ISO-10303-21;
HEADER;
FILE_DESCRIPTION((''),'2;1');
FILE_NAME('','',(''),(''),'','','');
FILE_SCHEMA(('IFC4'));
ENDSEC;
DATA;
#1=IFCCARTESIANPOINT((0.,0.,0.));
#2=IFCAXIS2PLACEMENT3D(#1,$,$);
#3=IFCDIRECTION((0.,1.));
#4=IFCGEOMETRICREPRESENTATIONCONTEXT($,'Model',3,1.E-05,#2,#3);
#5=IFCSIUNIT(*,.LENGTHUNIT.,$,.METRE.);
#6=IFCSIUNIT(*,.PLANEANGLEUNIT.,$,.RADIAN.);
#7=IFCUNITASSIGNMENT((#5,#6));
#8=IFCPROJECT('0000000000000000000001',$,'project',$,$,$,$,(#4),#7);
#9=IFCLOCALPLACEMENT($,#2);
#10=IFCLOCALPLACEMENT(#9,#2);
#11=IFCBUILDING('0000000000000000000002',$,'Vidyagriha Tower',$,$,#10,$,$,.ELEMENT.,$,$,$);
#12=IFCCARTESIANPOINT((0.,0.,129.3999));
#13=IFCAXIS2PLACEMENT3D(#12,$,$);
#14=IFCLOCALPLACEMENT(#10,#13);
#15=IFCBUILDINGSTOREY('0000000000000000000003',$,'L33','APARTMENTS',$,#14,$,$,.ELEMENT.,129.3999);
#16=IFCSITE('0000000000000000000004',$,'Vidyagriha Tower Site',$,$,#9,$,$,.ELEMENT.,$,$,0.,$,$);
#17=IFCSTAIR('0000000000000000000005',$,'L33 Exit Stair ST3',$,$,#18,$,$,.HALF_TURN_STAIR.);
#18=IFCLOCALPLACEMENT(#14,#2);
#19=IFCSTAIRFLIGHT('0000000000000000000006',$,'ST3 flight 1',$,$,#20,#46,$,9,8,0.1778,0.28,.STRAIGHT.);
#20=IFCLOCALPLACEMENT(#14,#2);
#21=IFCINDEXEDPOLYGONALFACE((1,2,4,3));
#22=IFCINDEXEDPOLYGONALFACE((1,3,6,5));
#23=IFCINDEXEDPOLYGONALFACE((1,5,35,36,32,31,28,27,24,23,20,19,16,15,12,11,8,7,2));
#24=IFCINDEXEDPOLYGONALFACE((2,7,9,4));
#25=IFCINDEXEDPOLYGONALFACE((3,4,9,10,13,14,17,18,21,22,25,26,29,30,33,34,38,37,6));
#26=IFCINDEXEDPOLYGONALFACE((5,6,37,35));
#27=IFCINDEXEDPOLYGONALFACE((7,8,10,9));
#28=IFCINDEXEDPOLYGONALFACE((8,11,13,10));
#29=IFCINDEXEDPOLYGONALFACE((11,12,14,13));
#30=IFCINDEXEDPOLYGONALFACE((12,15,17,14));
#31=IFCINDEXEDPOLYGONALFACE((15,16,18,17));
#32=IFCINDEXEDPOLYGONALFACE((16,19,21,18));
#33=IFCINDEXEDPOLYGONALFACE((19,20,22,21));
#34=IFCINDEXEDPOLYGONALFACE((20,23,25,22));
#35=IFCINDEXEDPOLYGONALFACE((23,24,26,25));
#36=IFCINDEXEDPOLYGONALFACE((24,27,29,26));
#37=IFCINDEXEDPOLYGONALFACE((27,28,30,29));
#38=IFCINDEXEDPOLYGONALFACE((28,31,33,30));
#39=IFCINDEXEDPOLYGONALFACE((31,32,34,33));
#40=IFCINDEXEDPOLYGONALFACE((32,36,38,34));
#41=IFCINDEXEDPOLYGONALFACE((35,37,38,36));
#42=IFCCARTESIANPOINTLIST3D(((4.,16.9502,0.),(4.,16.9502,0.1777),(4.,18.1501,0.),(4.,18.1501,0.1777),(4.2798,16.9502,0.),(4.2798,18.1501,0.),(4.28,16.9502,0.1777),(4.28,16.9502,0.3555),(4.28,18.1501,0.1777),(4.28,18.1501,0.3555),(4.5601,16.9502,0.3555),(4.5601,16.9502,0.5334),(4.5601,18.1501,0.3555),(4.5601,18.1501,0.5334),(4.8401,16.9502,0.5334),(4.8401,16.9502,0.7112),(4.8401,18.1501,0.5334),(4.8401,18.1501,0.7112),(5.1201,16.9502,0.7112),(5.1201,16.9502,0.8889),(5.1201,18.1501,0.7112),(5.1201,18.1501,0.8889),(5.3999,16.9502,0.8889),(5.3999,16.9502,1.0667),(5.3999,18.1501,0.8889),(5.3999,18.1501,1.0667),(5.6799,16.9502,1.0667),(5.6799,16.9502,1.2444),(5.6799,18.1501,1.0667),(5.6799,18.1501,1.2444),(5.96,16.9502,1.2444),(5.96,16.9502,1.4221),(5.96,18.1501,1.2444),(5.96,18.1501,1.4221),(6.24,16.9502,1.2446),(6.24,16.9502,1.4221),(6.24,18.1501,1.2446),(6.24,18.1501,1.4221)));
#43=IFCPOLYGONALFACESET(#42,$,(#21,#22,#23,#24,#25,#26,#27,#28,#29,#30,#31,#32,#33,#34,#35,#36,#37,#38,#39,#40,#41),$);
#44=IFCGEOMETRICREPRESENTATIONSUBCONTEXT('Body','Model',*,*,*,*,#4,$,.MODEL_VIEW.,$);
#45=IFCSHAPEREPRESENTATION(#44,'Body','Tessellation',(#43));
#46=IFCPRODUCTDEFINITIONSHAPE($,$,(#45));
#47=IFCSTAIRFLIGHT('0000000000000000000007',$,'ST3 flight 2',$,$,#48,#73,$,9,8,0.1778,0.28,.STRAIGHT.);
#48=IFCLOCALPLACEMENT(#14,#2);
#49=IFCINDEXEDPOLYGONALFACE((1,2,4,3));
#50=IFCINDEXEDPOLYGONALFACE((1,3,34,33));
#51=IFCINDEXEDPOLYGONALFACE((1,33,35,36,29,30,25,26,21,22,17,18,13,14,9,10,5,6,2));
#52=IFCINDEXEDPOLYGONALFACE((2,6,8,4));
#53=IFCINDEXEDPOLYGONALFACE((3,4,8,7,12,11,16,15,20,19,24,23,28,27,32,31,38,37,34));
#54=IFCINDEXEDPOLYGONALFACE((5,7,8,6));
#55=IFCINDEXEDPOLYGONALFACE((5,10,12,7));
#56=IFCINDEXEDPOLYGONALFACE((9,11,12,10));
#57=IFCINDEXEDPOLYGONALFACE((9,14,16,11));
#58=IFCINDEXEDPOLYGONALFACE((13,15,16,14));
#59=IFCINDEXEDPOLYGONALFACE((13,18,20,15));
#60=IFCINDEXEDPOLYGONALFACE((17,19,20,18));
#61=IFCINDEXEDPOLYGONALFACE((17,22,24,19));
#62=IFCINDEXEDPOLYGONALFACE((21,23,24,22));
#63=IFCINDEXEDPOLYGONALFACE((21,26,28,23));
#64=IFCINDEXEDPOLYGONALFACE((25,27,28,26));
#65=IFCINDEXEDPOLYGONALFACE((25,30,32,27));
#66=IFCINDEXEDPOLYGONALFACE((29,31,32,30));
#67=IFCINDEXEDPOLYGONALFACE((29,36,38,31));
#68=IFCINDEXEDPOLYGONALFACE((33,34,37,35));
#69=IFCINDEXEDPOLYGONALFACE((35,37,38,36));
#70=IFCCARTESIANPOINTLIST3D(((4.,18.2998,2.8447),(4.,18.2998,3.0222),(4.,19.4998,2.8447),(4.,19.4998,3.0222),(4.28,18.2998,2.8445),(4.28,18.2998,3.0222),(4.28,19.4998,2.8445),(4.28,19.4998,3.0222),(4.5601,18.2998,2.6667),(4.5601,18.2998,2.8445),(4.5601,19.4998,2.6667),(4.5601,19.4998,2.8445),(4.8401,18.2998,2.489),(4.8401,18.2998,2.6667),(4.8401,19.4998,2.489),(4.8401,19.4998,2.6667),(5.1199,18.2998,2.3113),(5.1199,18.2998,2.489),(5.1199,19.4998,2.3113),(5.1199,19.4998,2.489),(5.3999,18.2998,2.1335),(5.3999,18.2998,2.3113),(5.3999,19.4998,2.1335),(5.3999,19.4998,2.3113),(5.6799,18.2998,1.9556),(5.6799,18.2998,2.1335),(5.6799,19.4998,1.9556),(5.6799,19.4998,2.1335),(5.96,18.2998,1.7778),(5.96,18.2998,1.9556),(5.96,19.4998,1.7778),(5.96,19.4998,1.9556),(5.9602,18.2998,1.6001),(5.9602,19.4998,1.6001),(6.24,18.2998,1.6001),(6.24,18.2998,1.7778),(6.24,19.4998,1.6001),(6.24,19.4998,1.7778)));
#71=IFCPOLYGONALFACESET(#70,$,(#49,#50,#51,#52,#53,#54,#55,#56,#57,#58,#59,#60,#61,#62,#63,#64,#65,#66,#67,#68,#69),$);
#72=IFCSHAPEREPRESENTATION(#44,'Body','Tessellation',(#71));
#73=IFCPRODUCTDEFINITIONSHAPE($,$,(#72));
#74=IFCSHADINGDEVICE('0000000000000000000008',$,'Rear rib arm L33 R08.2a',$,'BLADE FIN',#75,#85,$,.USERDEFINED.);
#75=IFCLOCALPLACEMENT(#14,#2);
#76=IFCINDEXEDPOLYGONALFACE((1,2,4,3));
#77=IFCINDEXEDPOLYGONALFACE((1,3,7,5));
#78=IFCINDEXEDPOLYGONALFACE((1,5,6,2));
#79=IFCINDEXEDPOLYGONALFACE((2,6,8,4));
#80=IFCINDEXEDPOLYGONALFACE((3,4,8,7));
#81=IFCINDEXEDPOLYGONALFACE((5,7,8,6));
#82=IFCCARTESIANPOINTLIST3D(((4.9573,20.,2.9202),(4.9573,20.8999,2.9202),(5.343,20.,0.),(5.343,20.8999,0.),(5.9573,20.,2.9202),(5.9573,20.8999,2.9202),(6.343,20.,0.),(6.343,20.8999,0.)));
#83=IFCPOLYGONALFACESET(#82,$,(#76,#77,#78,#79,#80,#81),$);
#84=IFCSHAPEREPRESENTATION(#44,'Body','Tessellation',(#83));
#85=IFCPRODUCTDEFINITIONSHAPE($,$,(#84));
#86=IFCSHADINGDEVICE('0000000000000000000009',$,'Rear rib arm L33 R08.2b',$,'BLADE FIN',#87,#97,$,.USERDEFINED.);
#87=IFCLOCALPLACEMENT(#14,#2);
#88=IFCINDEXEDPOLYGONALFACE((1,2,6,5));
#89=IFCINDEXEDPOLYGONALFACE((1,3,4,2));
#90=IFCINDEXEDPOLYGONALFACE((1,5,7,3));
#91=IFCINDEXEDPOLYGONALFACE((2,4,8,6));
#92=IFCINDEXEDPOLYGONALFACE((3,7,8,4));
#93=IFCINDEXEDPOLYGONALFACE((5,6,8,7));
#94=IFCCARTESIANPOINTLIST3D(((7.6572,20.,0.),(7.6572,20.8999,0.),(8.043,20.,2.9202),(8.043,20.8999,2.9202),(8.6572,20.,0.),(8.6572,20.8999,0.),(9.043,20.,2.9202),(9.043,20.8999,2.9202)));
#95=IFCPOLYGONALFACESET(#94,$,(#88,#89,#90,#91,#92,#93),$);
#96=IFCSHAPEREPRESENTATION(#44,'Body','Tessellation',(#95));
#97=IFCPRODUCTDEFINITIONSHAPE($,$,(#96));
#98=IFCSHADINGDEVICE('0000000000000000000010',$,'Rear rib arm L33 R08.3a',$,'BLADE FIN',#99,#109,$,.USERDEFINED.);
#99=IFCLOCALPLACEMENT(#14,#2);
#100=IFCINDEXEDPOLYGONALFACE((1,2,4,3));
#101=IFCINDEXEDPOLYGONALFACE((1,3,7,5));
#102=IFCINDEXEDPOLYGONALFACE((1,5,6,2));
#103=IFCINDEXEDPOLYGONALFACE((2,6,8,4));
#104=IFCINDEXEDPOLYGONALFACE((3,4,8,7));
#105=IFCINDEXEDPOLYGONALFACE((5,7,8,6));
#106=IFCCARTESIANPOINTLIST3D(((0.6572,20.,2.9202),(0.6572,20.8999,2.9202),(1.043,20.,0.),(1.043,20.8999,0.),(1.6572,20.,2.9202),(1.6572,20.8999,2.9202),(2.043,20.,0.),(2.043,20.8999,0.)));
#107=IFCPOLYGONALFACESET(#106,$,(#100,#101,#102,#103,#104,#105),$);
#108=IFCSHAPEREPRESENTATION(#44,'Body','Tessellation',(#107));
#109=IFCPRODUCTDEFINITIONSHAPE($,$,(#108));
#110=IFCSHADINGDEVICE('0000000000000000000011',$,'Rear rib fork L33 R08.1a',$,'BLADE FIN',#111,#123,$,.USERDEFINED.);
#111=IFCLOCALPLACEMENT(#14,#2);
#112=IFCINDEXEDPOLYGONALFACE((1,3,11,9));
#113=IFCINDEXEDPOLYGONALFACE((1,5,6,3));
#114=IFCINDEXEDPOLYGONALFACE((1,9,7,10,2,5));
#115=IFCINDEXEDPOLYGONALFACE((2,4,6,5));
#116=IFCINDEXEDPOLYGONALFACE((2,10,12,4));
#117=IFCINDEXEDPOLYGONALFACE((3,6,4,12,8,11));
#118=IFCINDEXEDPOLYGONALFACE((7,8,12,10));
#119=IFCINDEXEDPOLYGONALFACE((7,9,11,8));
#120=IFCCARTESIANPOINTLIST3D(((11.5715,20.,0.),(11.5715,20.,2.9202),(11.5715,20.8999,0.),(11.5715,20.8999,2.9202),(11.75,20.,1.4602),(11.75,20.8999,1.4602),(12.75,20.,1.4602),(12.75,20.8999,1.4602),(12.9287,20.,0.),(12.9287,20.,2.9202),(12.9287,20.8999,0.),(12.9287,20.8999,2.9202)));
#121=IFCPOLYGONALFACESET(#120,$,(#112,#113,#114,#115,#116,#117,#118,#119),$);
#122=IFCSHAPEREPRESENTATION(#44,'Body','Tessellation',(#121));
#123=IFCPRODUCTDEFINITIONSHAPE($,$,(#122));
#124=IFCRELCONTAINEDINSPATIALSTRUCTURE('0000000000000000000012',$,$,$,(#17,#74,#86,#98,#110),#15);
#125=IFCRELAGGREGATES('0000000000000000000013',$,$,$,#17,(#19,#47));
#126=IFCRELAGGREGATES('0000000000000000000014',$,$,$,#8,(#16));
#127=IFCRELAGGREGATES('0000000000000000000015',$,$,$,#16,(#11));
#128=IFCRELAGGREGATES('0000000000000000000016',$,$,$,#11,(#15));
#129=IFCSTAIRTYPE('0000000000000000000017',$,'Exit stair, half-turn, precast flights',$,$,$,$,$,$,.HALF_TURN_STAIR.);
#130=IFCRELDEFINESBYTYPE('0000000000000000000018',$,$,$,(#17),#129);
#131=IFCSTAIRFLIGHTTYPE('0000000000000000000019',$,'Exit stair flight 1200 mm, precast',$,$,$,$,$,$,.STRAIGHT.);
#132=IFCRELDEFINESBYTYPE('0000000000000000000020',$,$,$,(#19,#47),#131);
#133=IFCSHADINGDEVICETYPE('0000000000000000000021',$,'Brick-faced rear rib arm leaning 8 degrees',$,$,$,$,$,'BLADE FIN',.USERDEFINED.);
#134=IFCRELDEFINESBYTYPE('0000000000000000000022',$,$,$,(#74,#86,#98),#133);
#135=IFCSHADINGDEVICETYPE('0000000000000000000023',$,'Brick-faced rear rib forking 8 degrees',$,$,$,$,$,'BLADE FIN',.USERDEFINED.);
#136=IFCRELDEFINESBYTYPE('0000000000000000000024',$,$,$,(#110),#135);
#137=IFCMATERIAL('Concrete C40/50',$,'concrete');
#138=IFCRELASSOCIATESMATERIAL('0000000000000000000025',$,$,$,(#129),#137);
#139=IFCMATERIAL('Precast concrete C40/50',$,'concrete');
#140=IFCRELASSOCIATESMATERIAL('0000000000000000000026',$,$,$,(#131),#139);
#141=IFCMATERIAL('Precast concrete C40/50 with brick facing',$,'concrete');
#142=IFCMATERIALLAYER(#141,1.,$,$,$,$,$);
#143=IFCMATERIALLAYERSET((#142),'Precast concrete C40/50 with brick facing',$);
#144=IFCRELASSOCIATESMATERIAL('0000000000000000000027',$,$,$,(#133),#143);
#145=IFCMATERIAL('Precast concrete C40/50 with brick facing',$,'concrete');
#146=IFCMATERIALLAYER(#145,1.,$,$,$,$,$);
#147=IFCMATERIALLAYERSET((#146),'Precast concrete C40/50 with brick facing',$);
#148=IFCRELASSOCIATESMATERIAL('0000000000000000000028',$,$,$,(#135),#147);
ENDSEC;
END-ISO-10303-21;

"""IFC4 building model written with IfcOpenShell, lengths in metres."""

from ifc_helpers import new_model, si_unit, direction, frame, origin, place, context, subcontext, project, spatial, polyline, outline, extrude, material, layer, layer_set, type_object, element, aggregate, save


model = new_model("IFC4")

# Units and contexts
model_context = context("Model", 3, precision=1e-05, world=origin(), true_north=direction((0.0, 1.0)))
body_context = subcontext(model_context, "Body", "Model", "MODEL_VIEW")
ifc_project = project(units=[si_unit("LENGTHUNIT", "METRE"), si_unit("PLANEANGLEUNIT", "RADIAN")], contexts=[model_context])

# Site, building, storey
site_placement = place(None, origin())
site = spatial("IfcSite", under=ifc_project, at=site_placement, Name="Vidyagriha Tower Site", CompositionType="ELEMENT", RefElevation=0.0)
building_placement = place(site_placement, origin())
building = spatial("IfcBuilding", under=site, at=building_placement, Name="Vidyagriha Tower", CompositionType="ELEMENT")
storey_placement = place(building_placement, frame((0.0, 0.0, 129.3999)))
storey = spatial("IfcBuildingStorey", under=building, at=storey_placement, Name="L33", Description="APARTMENTS", CompositionType="ELEMENT", Elevation=129.3999)

# Shared definitions
ifc_material_1 = material(Name="Concrete C40/50", Category="concrete")
stair_type = type_object("IfcStairType", Name="Exit stair, half-turn, precast flights", PredefinedType="HALF_TURN_STAIR", material=ifc_material_1)
ifc_material_2 = material(Name="Precast concrete C40/50", Category="concrete")
stair_flight_type = type_object("IfcStairFlightType", Name="Exit stair flight 1200 mm, precast", PredefinedType="STRAIGHT", material=ifc_material_2)

# Stair, stair flights
stair_1_placement = place(storey_placement, origin())
stair_1 = element("IfcStair", 1, at=stair_1_placement, inside=storey, type_object=stair_type, Name="L33 Exit Stair ST3", PredefinedType="HALF_TURN_STAIR")
stair_flight_1_placement = place(storey_placement, frame((4.0, 17.55, 0.0)))
stair_flight_1 = element("IfcStairFlight", 2, at=stair_flight_1_placement, type_object=stair_flight_type, Name="ST3 flight 1", NumberOfRisers=9, NumberOfTreads=8, PredefinedType="STRAIGHT", RiserHeight=0.1778, TreadLength=0.28, context=body_context, shape_type="SweptSolid", body=[
    extrude(outline(polyline([(0.0, 0.0), (0.0, 0.1777), (0.28, 0.1777), (0.28, 0.3555), (0.5601, 0.3555), (0.5601, 0.5334), (0.8401, 0.5334), (0.8401, 0.7112), (1.1201, 0.7112), (1.1201, 0.8889), (1.3999, 0.8889), (1.3999, 1.0667), (1.6799, 1.0667), (1.6799, 1.2444), (1.96, 1.2444), (1.96, 1.4221), (2.24, 1.4221), (2.24, 1.6001), (2.24, 1.2446), (0.2798, 0.0), (0.0, 0.0)])), frame((0.0, 0.6001, 0.0), z_axis=(0.0, -1.0, 0.0), x_axis=(1.0, 0.0, 0.0)), (0.0, 0.0, 1.0), 1.2),
])
stair_flight_2_placement = place(storey_placement, frame((6.24, 18.8999, 1.6001), z_axis=(0.0, 0.0, 1.0), x_axis=(-1.0, 0.0, 0.0)))
stair_flight_2 = element("IfcStairFlight", 3, at=stair_flight_2_placement, type_object=stair_flight_type, Name="ST3 flight 2", NumberOfRisers=9, NumberOfTreads=8, PredefinedType="STRAIGHT", RiserHeight=0.1778, TreadLength=0.28, context=body_context, shape_type="SweptSolid", body=[
    extrude(outline(polyline([(0.0, 0.0), (0.0, 0.1777), (0.28, 0.1777), (0.28, 0.3555), (0.5601, 0.3555), (0.5601, 0.5334), (0.8401, 0.5334), (0.8401, 0.7112), (1.1201, 0.7112), (1.1201, 0.8889), (1.3999, 0.8889), (1.3999, 1.0667), (1.6799, 1.0667), (1.6799, 1.2444), (1.96, 1.2444), (1.96, 1.4221), (2.24, 1.4221), (2.24, 1.6001), (2.24, 1.2446), (0.2798, 0.0), (0.0, 0.0)])), frame((0.0, 0.6001, 0.0), z_axis=(0.0, -1.0, 0.0), x_axis=(1.0, 0.0, 0.0)), (0.0, 0.0, 1.0), 1.2),
])
aggregate(stair_1, [stair_flight_1, stair_flight_2])

# Shading devices
ifc_material_3 = material(Name="Precast concrete C40/50 with brick facing", Category="concrete")
ifc_layer_1 = layer(ifc_material_3, 1.0)
ifc_layer_set_1 = layer_set([ifc_layer_1], Name="Precast concrete C40/50 with brick facing")
shading_device_type_1 = type_object("IfcShadingDeviceType", Name="Brick-faced rear rib arm leaning 8 degrees", ElementType="BLADE FIN", PredefinedType="USERDEFINED", material=ifc_layer_set_1)
shading_device_1_placement = place(storey_placement, frame((6.343, 20.45, 0.0), z_axis=(0.0, 0.0, 1.0), x_axis=(-1.0, 0.0, 0.0)))
element("IfcShadingDevice", 4, at=shading_device_1_placement, inside=storey, type_object=shading_device_type_1, Name="Rear rib arm L33 R08.2a", ObjectType="BLADE FIN", PredefinedType="USERDEFINED", context=body_context, shape_type="SweptSolid", body=[
    extrude(outline(polyline([(0.0, 0.0), (1.0, 0.0), (1.3857, 2.9202), (0.3857, 2.9202), (0.0, 0.0)])), frame((0.0, 0.45, 0.0), z_axis=(0.0, -1.0, 0.0), x_axis=(1.0, 0.0, 0.0)), (0.0, 0.0, 1.0), 0.8999),
])
shading_device_2_placement = place(storey_placement, frame((9.043, 20.45, 0.0), z_axis=(0.0, 0.0, 1.0), x_axis=(-1.0, 0.0, 0.0)))
element("IfcShadingDevice", 5, at=shading_device_2_placement, inside=storey, type_object=shading_device_type_1, Name="Rear rib arm L33 R08.2b", ObjectType="BLADE FIN", PredefinedType="USERDEFINED", context=body_context, shape_type="SweptSolid", body=[
    extrude(outline(polyline([(0.3857, 0.0), (1.3857, 0.0), (1.0, 2.9202), (0.0, 2.9202), (0.3857, 0.0)])), frame((0.0, 0.45, 0.0), z_axis=(0.0, -1.0, 0.0), x_axis=(1.0, 0.0, 0.0)), (0.0, 0.0, 1.0), 0.8999),
])
shading_device_3_placement = place(storey_placement, frame((2.043, 20.45, 0.0), z_axis=(0.0, 0.0, 1.0), x_axis=(-1.0, 0.0, 0.0)))
element("IfcShadingDevice", 6, at=shading_device_3_placement, inside=storey, type_object=shading_device_type_1, Name="Rear rib arm L33 R08.3a", ObjectType="BLADE FIN", PredefinedType="USERDEFINED", context=body_context, shape_type="SweptSolid", body=[
    extrude(outline(polyline([(0.0, 0.0), (1.0, 0.0), (1.3857, 2.9202), (0.3857, 2.9202), (0.0, 0.0)])), frame((0.0, 0.45, 0.0), z_axis=(0.0, -1.0, 0.0), x_axis=(1.0, 0.0, 0.0)), (0.0, 0.0, 1.0), 0.8999),
])
ifc_material_4 = material(Name="Precast concrete C40/50 with brick facing", Category="concrete")
ifc_layer_2 = layer(ifc_material_4, 1.0)
ifc_layer_set_2 = layer_set([ifc_layer_2], Name="Precast concrete C40/50 with brick facing")
shading_device_type_2 = type_object("IfcShadingDeviceType", Name="Brick-faced rear rib forking 8 degrees", ElementType="BLADE FIN", PredefinedType="USERDEFINED", material=ifc_layer_set_2)
shading_device_4_placement = place(storey_placement, frame((12.9287, 20.45, 0.0), z_axis=(0.0, 0.0, 1.0), x_axis=(-1.0, 0.0, 0.0)))
element("IfcShadingDevice", 7, at=shading_device_4_placement, inside=storey, type_object=shading_device_type_2, Name="Rear rib fork L33 R08.1a", ObjectType="BLADE FIN", PredefinedType="USERDEFINED", context=body_context, shape_type="SweptSolid", body=[
    extrude(outline(polyline([(0.0, 0.0), (1.3572, 0.0), (1.1787, 1.4602), (1.3572, 2.9202), (0.0, 2.9202), (0.1787, 1.4602), (0.0, 0.0)])), frame((0.0, 0.45, 0.0), z_axis=(0.0, -1.0, 0.0), x_axis=(1.0, 0.0, 0.0)), (0.0, 0.0, 1.0), 0.8999),
])

save(model, "model.ifc")
